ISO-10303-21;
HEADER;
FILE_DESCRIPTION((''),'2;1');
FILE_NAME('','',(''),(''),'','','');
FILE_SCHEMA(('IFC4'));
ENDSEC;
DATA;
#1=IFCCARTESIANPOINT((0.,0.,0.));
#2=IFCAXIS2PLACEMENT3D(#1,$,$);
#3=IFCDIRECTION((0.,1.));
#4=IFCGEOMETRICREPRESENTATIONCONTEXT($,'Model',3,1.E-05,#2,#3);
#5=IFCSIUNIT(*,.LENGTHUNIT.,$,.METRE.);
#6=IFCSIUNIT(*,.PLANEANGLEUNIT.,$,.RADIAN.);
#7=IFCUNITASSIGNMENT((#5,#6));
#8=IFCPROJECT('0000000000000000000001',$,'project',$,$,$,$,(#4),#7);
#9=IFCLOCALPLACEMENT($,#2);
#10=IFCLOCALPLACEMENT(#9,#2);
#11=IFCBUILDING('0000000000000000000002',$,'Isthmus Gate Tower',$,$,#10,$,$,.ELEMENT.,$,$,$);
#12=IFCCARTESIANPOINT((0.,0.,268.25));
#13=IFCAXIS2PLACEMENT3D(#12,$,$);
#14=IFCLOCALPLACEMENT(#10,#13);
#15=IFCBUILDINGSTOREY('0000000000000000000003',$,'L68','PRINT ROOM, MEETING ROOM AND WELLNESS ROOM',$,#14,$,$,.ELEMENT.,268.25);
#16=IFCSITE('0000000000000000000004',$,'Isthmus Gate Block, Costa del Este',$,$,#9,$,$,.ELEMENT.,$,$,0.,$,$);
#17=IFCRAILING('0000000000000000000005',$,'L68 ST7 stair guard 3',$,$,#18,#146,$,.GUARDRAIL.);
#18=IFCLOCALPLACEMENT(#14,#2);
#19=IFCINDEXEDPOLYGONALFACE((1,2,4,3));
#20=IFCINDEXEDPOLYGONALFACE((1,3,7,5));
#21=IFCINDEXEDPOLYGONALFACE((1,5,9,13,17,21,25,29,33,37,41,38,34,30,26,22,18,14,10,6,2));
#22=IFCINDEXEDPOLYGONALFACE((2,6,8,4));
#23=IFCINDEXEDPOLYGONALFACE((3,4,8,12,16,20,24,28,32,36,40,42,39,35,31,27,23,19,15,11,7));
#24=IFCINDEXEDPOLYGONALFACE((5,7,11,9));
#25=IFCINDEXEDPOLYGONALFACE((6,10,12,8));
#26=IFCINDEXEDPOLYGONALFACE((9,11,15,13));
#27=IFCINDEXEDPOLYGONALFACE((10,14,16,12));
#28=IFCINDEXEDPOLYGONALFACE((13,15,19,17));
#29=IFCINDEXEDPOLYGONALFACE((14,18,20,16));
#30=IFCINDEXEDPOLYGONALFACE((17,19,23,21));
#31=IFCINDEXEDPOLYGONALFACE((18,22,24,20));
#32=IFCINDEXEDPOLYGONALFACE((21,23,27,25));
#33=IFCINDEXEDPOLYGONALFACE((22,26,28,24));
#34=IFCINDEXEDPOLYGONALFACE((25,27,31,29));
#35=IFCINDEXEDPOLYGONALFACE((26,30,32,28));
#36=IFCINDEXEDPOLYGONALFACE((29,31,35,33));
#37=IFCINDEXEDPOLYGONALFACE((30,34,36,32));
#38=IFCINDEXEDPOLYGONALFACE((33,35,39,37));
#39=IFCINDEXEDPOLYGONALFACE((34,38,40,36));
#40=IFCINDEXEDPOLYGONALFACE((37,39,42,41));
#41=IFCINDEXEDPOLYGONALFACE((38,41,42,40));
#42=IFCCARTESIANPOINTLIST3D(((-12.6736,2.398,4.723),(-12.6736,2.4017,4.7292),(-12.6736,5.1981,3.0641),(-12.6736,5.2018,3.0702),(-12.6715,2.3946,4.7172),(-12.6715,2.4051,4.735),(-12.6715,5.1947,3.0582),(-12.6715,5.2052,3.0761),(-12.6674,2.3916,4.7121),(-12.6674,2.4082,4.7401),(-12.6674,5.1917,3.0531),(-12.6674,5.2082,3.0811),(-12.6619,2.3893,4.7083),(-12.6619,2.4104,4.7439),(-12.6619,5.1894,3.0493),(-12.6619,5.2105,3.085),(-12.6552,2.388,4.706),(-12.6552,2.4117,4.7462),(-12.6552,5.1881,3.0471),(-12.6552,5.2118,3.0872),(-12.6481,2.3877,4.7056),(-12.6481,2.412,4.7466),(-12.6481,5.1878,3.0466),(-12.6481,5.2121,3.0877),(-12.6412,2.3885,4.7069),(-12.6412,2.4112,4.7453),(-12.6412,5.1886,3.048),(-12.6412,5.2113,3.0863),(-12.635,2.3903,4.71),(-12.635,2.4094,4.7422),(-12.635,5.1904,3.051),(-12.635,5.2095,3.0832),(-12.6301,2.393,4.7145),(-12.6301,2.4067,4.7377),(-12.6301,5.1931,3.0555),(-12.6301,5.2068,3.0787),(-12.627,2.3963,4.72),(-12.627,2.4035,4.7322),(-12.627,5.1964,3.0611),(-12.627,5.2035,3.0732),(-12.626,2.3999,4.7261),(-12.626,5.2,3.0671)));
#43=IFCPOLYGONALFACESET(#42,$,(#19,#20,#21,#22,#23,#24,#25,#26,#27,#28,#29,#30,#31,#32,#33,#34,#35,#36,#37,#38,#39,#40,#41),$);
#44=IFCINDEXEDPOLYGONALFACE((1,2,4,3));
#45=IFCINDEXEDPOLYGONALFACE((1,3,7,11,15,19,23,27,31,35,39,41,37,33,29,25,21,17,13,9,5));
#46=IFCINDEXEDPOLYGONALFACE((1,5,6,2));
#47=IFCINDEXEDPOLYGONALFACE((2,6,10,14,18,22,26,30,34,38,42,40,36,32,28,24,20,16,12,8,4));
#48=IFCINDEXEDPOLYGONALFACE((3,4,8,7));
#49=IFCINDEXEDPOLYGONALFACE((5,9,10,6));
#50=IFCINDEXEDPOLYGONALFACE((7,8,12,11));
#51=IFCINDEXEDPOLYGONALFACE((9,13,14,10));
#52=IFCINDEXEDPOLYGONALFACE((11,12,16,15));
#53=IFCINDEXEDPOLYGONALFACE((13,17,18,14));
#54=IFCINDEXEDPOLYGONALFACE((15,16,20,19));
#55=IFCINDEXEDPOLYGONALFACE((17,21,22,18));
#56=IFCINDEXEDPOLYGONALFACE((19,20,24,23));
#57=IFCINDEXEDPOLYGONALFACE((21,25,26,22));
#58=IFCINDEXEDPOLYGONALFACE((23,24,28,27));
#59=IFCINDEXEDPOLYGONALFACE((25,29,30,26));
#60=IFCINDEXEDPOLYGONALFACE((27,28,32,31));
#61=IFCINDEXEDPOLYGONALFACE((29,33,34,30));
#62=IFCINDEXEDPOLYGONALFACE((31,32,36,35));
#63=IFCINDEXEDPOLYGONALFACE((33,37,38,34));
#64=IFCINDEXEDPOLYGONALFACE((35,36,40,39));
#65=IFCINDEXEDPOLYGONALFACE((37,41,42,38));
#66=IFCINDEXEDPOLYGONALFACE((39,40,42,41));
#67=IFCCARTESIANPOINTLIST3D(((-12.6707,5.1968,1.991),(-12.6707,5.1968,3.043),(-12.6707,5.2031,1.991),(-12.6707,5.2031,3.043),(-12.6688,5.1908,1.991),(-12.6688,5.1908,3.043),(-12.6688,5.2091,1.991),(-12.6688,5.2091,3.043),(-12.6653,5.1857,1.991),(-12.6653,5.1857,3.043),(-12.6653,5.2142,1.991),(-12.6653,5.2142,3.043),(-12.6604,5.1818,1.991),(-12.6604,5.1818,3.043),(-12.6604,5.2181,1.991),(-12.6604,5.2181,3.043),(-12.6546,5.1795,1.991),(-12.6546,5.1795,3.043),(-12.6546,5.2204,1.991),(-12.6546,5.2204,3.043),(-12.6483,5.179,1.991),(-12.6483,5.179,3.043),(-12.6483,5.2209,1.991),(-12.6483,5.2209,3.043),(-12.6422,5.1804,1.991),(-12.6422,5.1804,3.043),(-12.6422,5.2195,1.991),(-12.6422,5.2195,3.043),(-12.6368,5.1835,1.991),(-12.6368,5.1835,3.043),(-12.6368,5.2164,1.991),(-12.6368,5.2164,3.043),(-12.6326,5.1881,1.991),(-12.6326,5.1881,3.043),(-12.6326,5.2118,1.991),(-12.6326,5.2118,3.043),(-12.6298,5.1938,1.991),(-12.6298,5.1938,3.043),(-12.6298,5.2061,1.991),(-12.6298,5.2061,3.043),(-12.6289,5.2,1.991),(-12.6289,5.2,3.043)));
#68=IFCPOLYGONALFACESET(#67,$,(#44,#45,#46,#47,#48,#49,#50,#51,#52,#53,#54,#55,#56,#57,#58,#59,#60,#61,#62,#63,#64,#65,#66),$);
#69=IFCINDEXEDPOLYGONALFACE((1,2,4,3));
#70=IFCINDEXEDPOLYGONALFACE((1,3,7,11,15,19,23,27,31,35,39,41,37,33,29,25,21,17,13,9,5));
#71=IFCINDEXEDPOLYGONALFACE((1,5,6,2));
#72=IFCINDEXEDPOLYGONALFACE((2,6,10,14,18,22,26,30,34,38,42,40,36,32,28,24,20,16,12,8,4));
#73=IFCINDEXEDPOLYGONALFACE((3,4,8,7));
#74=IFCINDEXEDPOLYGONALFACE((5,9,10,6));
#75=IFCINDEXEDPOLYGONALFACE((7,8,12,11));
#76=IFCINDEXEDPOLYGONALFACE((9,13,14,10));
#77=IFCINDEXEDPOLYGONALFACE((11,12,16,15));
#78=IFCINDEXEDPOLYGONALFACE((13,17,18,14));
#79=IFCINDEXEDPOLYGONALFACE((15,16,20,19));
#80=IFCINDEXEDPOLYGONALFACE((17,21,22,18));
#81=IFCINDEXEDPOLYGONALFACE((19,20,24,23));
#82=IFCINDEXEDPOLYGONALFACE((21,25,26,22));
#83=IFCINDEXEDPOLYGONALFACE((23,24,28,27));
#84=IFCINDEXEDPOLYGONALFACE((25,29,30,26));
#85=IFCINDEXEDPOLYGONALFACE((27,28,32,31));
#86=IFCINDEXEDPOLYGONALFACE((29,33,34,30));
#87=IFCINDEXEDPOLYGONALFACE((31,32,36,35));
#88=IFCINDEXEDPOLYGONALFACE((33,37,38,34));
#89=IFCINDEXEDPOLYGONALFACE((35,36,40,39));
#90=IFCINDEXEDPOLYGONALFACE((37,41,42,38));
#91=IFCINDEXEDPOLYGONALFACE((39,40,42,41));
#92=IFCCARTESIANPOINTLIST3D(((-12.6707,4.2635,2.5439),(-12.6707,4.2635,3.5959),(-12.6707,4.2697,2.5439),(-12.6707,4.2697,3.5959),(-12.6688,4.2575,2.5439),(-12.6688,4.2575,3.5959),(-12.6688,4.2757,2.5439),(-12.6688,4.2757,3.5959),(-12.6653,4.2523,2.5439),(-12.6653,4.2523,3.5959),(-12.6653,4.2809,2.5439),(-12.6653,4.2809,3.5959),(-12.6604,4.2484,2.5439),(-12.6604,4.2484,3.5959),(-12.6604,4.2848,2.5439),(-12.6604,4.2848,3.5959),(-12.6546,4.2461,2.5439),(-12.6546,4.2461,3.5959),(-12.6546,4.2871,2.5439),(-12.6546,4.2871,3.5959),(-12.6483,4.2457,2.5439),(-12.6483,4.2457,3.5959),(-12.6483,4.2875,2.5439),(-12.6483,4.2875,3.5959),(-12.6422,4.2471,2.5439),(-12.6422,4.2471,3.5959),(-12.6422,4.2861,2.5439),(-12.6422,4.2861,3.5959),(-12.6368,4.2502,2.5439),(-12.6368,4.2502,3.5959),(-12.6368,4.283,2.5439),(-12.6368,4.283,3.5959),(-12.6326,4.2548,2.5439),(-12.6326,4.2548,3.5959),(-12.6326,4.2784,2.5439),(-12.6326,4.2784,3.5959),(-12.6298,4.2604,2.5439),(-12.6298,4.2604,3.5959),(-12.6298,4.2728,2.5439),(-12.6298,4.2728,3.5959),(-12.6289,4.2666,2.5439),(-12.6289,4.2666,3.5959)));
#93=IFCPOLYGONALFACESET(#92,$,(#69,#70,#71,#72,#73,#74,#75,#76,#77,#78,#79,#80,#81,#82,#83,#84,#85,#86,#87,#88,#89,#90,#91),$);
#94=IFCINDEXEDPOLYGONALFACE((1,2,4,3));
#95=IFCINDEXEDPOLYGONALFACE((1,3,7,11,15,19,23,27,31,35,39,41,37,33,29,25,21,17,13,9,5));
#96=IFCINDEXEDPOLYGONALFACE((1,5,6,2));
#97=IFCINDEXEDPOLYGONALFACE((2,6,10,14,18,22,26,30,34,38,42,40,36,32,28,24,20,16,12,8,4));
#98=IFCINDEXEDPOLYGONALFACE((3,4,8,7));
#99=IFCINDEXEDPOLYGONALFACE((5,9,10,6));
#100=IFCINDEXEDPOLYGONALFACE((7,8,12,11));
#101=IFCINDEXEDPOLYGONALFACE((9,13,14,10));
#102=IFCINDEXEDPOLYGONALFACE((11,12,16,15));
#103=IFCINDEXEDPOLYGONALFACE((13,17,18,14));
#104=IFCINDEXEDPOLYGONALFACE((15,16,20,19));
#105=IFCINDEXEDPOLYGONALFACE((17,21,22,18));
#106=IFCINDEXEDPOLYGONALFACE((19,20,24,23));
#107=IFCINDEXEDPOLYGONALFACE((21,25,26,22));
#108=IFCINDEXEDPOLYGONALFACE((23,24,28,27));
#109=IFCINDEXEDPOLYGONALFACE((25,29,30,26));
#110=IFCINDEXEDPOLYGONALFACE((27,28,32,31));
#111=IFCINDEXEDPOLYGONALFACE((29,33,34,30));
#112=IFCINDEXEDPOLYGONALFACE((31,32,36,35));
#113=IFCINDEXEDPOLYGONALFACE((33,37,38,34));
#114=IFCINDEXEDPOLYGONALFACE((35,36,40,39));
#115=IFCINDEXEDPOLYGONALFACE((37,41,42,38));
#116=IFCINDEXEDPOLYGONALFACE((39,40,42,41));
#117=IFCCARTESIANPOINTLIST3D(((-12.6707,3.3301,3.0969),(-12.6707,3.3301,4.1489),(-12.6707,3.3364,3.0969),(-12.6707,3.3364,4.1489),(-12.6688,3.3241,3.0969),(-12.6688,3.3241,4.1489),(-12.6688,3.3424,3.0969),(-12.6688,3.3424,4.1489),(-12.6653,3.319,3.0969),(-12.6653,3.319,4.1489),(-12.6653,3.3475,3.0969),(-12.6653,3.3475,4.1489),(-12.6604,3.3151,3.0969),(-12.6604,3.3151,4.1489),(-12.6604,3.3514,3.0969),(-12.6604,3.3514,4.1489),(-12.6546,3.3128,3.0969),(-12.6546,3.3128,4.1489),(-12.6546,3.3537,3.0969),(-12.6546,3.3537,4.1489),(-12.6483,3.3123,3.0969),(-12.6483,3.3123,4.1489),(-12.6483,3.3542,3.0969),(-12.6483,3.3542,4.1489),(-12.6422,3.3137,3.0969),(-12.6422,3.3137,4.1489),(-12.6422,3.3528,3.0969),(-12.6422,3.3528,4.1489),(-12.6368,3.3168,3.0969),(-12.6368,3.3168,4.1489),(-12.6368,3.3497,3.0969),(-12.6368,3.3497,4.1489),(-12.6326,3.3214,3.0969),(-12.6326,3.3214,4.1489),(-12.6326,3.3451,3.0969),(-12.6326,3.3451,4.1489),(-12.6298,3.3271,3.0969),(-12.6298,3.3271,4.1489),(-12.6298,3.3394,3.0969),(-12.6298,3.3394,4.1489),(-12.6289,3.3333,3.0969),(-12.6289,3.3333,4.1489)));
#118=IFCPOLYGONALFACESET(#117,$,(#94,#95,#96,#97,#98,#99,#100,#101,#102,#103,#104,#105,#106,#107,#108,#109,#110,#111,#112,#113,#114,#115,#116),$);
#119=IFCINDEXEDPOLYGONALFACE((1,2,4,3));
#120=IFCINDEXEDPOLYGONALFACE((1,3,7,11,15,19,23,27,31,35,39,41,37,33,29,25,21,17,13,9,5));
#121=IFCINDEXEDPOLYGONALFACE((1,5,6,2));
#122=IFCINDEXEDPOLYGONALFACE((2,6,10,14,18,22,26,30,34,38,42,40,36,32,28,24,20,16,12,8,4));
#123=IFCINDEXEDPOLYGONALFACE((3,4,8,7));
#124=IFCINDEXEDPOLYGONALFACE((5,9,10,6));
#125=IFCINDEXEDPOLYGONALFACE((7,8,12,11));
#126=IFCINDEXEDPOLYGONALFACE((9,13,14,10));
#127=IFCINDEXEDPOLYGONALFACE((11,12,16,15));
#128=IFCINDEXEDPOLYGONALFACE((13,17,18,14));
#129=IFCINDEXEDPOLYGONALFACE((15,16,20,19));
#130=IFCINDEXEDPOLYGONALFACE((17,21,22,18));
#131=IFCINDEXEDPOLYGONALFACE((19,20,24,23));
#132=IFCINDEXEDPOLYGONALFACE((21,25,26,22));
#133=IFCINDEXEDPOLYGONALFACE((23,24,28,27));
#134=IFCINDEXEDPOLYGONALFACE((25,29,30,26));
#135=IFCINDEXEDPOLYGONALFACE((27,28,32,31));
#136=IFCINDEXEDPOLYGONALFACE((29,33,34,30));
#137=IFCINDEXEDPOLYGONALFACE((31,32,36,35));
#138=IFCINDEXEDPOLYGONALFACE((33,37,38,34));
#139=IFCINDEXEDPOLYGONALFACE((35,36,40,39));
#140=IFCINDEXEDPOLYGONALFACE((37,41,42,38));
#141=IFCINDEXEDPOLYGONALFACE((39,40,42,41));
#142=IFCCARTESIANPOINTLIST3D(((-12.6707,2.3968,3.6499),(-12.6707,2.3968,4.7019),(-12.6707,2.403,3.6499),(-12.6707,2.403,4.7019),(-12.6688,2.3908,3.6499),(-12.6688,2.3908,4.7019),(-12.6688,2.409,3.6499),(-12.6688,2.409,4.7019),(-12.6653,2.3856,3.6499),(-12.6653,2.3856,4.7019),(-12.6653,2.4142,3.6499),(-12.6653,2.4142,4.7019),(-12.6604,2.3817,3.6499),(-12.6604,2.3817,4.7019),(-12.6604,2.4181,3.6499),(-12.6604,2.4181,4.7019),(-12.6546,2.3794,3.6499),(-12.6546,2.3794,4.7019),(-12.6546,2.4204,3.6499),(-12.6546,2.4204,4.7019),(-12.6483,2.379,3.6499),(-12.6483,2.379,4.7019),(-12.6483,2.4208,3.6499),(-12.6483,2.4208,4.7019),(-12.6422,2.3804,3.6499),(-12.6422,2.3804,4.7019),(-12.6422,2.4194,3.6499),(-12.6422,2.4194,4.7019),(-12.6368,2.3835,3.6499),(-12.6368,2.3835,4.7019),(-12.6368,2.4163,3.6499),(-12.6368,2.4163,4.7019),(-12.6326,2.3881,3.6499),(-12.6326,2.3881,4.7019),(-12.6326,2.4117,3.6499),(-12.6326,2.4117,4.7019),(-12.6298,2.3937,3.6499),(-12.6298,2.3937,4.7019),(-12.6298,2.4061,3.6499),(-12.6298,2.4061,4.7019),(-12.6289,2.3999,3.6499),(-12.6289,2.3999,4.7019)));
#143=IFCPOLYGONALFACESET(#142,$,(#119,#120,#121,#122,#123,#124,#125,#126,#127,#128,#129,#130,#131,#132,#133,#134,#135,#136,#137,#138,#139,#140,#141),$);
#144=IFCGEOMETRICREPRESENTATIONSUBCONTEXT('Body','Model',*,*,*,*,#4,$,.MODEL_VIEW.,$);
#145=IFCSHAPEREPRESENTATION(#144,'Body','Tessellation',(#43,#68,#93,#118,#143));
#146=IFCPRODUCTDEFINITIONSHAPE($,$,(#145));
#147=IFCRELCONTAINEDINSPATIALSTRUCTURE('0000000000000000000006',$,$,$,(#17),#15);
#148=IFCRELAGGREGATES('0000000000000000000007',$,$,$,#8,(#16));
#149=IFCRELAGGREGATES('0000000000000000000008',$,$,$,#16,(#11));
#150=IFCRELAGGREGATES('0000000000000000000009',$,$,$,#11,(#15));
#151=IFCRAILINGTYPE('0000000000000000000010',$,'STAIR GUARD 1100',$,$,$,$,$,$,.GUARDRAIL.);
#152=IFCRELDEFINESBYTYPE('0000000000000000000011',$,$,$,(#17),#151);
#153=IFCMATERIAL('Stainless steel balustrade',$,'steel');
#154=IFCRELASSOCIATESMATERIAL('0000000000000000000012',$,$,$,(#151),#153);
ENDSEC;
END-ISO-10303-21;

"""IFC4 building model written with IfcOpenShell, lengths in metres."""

from ifc_helpers import new_model, si_unit, direction, frame, origin, origin_2d, place, context, subcontext, project, spatial, circle, extrude, material, type_object, element, save


model = new_model("IFC4")

# Units and contexts
model_context = context("Model", 3, precision=1e-05, world=origin(), true_north=direction((0.0, 1.0)))
body_context = subcontext(model_context, "Body", "Model", "MODEL_VIEW")
ifc_project = project(units=[si_unit("LENGTHUNIT", "METRE"), si_unit("PLANEANGLEUNIT", "RADIAN")], contexts=[model_context])

# Site, building, storey
site_placement = place(None, origin())
site = spatial("IfcSite", under=ifc_project, at=site_placement, Name="Isthmus Gate Block, Costa del Este", CompositionType="ELEMENT", RefElevation=0.0)
building_placement = place(site_placement, origin())
building = spatial("IfcBuilding", under=site, at=building_placement, Name="Isthmus Gate Tower", CompositionType="ELEMENT")
storey_placement = place(building_placement, frame((0.0, 0.0, 268.25)))
storey = spatial("IfcBuildingStorey", under=building, at=storey_placement, Name="L68", Description="PRINT ROOM, MEETING ROOM AND WELLNESS ROOM", CompositionType="ELEMENT", Elevation=268.25)

# Railing
ifc_material_1 = material(Name="Stainless steel balustrade", Category="steel")
railing_type_1 = type_object("IfcRailingType", Name="STAIR GUARD 1100", PredefinedType="GUARDRAIL", material=ifc_material_1)
railing_1_placement = place(storey_placement, frame((-12.6499, 5.2, 1.991)))
element("IfcRailing", 1, at=railing_1_placement, inside=storey, type_object=railing_type_1, Name="L68 ST7 stair guard 3", PredefinedType="GUARDRAIL", context=body_context, shape_type="SweptSolid", body=[
    extrude(circle(Radius=0.0239, at=origin_2d()), frame((0.0, 0.0, 1.0762), z_axis=(0.0, -0.860339, 0.509722), x_axis=(1.0, 0.0, 0.0)), (0.0, 0.0, 1.0), 3.2546),
    extrude(circle(Radius=0.021, at=origin_2d()), origin(), (0.0, 0.0, 1.0), 1.052),
    extrude(circle(Radius=0.021, at=origin_2d()), frame((0.0, -0.9333, 0.553)), (0.0, 0.0, 1.0), 1.052),
    extrude(circle(Radius=0.021, at=origin_2d()), frame((0.0, -1.8667, 1.106)), (0.0, 0.0, 1.0), 1.052),
    extrude(circle(Radius=0.021, at=origin_2d()), frame((0.0, -2.8, 1.6589)), (0.0, 0.0, 1.0), 1.052),
])

save(model, "model.ifc")
